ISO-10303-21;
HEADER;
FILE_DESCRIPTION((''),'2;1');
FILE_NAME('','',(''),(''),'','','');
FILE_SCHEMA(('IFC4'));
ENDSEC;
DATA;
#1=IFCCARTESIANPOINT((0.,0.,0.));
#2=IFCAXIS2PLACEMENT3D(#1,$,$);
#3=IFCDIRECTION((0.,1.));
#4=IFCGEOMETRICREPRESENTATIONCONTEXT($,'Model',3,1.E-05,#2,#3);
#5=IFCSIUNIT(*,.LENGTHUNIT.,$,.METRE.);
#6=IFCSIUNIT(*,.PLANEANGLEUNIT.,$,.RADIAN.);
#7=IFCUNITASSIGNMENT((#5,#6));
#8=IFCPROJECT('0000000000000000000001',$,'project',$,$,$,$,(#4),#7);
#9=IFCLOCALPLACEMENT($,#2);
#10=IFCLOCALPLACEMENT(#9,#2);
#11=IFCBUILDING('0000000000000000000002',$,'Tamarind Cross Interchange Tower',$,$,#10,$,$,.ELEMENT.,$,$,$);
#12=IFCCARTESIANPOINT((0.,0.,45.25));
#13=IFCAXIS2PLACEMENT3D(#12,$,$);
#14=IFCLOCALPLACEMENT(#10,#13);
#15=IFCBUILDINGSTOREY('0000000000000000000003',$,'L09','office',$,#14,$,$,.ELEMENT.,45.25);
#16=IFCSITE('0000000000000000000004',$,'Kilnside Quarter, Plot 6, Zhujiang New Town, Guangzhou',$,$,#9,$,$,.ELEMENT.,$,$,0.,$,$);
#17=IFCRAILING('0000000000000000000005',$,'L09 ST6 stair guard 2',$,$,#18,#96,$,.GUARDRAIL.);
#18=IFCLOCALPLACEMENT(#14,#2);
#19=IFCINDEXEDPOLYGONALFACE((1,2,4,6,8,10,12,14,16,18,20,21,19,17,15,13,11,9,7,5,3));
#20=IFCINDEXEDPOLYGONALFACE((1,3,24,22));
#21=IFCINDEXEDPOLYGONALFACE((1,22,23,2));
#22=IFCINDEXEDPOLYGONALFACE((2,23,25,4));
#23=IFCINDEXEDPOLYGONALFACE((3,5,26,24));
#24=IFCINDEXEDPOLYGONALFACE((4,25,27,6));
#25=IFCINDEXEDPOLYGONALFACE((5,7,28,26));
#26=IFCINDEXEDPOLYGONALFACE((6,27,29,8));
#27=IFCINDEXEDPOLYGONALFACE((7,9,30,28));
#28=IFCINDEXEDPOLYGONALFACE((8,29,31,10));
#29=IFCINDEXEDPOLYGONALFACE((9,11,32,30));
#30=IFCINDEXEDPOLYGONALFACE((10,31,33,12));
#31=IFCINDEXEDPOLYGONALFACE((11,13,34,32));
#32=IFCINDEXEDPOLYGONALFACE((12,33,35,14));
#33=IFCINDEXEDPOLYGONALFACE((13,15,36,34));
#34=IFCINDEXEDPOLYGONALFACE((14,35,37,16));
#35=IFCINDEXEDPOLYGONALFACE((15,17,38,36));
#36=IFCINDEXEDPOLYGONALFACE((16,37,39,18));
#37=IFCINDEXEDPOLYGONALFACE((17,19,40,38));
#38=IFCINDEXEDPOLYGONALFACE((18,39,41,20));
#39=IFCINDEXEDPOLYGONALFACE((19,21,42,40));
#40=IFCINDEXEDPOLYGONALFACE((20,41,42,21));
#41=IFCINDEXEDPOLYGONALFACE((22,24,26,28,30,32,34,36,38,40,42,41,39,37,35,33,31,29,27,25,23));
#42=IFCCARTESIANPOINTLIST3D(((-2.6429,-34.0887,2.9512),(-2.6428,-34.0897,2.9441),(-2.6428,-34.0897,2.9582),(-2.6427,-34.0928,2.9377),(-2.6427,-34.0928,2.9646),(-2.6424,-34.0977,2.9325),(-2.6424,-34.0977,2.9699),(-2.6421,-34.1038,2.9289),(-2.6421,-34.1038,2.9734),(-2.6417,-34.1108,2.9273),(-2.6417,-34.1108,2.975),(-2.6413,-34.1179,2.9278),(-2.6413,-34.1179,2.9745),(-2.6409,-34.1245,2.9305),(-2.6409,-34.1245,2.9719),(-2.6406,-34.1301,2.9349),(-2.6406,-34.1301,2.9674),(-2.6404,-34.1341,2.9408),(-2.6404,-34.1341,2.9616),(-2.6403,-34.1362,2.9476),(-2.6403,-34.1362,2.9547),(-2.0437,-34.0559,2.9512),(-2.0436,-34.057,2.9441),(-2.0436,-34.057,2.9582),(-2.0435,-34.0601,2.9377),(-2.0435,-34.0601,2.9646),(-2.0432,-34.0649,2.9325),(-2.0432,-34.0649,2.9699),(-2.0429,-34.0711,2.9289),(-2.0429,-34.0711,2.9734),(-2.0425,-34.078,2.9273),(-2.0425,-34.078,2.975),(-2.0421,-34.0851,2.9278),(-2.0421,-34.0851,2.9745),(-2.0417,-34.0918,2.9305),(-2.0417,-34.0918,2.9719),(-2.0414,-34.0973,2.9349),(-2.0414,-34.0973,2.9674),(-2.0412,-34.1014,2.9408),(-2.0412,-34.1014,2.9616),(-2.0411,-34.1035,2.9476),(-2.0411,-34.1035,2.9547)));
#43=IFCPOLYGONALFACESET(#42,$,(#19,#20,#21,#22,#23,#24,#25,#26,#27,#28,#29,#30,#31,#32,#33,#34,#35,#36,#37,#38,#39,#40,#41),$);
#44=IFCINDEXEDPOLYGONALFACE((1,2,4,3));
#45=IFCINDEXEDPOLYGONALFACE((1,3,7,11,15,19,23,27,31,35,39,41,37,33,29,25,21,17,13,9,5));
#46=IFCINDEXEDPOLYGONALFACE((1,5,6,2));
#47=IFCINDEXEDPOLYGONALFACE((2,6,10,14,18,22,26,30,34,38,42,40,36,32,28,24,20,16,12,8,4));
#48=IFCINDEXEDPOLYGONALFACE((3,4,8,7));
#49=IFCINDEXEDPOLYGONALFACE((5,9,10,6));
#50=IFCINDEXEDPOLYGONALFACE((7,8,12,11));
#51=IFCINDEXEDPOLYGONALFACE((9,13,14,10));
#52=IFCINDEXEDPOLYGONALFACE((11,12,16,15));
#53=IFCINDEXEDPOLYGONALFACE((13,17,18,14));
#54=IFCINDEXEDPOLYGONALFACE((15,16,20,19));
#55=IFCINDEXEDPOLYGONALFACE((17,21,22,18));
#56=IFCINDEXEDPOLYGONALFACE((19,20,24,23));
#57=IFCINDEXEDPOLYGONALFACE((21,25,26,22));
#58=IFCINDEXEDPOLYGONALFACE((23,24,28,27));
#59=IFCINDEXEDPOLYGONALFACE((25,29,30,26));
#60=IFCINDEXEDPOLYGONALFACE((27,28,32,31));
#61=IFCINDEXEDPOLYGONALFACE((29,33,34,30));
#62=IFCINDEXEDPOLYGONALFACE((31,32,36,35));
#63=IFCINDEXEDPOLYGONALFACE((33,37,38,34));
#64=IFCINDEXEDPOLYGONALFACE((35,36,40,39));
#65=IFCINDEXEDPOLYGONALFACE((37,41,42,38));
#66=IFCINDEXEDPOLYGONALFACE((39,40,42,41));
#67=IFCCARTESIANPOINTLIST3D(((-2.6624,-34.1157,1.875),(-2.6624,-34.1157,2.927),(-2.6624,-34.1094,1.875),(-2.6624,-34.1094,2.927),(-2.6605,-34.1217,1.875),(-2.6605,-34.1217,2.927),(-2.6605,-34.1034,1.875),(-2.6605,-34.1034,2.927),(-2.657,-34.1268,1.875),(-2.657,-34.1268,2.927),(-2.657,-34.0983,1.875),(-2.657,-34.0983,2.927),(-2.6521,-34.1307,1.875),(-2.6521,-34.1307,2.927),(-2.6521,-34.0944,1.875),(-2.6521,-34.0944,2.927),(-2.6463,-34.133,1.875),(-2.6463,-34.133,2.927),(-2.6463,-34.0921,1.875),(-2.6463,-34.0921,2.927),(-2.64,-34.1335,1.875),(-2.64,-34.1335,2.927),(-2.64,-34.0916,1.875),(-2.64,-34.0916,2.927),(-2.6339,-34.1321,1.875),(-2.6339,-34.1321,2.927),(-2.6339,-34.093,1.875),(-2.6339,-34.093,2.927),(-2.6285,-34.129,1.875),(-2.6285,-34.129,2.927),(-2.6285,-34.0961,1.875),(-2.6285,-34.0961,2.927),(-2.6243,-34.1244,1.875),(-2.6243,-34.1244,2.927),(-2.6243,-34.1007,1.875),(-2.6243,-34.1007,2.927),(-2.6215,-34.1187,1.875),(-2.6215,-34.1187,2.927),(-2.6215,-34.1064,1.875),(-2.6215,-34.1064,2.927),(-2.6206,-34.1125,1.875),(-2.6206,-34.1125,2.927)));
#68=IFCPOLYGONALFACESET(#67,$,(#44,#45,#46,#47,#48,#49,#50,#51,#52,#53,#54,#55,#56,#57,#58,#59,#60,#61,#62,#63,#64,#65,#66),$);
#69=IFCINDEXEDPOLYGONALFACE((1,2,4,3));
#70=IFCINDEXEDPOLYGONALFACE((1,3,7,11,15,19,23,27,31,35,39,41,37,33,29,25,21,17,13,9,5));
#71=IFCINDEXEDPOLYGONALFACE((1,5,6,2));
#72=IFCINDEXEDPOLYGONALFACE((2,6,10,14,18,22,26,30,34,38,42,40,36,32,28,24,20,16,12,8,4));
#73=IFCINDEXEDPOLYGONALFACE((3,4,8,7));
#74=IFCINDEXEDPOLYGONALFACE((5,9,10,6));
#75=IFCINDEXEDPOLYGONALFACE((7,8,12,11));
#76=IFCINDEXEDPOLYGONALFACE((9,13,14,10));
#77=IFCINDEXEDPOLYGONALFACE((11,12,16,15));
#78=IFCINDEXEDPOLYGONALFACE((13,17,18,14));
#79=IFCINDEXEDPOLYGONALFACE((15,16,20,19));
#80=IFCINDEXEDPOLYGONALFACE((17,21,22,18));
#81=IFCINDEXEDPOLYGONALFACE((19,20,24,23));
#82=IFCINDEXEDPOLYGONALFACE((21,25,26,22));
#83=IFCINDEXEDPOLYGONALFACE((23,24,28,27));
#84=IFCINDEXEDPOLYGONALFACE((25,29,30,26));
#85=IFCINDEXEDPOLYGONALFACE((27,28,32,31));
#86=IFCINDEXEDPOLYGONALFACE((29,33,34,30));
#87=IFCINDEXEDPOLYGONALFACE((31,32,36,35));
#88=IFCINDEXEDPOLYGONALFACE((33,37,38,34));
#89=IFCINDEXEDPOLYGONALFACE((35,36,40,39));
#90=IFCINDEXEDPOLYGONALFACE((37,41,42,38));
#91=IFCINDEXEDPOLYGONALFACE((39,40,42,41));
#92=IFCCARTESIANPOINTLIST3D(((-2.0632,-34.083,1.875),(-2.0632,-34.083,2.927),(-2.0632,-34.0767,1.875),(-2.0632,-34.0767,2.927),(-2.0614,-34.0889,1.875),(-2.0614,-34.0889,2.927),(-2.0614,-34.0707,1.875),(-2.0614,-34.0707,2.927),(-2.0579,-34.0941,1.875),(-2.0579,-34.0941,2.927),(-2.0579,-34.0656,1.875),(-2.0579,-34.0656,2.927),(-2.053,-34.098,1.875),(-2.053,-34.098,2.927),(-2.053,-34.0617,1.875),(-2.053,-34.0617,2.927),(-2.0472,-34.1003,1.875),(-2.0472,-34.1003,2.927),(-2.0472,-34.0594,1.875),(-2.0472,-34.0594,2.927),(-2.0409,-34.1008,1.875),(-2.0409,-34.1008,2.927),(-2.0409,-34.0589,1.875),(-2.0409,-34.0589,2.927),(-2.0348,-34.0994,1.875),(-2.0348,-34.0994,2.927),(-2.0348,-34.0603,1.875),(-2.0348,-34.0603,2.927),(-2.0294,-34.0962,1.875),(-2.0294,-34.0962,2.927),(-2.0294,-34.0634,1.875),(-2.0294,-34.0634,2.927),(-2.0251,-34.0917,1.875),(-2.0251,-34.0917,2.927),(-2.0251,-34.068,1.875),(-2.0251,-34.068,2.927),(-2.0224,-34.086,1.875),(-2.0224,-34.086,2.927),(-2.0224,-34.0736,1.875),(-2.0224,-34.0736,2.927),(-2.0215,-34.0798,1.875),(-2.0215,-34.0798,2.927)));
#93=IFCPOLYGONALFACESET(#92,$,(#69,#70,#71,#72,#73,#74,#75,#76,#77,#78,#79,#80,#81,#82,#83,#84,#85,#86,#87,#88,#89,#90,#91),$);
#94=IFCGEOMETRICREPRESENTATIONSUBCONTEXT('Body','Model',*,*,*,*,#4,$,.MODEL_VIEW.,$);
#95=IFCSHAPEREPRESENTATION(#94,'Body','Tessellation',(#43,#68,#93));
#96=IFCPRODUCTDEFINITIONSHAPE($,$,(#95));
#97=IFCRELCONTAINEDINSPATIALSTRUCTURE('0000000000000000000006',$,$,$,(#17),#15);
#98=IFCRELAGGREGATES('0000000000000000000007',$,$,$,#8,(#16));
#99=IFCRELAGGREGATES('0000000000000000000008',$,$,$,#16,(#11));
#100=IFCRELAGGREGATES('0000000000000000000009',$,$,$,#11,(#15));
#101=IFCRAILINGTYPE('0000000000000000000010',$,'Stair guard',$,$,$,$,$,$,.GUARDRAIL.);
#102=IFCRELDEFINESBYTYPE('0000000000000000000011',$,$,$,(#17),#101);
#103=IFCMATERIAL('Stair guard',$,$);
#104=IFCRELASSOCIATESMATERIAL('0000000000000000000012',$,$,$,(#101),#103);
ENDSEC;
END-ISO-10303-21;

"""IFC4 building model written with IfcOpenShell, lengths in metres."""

from ifc_helpers import new_model, si_unit, direction, frame, origin, origin_2d, place, context, subcontext, project, spatial, circle, extrude, material, type_object, element, save


model = new_model("IFC4")

# Units and contexts
model_context = context("Model", 3, precision=1e-05, world=origin(), true_north=direction((0.0, 1.0)))
body_context = subcontext(model_context, "Body", "Model", "MODEL_VIEW")
ifc_project = project(units=[si_unit("LENGTHUNIT", "METRE"), si_unit("PLANEANGLEUNIT", "RADIAN")], contexts=[model_context])

# Site, building, storey
site_placement = place(None, origin())
site = spatial("IfcSite", under=ifc_project, at=site_placement, Name="Kilnside Quarter, Plot 6, Zhujiang New Town, Guangzhou", CompositionType="ELEMENT", RefElevation=0.0)
building_placement = place(site_placement, origin())
building = spatial("IfcBuilding", under=site, at=building_placement, Name="Tamarind Cross Interchange Tower", CompositionType="ELEMENT")
storey_placement = place(building_placement, frame((0.0, 0.0, 45.25)))
storey = spatial("IfcBuildingStorey", under=building, at=storey_placement, Name="L09", Description="office", CompositionType="ELEMENT", Elevation=45.25)

# Railing
ifc_material_1 = material(Name="Stair guard")
railing_type_1 = type_object("IfcRailingType", Name="Stair guard", PredefinedType="GUARDRAIL", material=ifc_material_1)
railing_1_placement = place(storey_placement, frame((-2.6416, -34.1125, 1.875)))
element("IfcRailing", 1, at=railing_1_placement, inside=storey, type_object=railing_type_1, Name="L09 ST6 stair guard 2", PredefinedType="GUARDRAIL", context=body_context, shape_type="SweptSolid", body=[
    extrude(circle(Radius=0.0239, at=origin_2d()), frame((0.0, 0.0, 1.0762), z_axis=(0.998512, 0.054524, 0.0), x_axis=(-0.054524, 0.998512, 0.0)), (0.0, 0.0, 1.0), 0.6001),
    extrude(circle(Radius=0.021, at=origin_2d()), origin(), (0.0, 0.0, 1.0), 1.052),
    extrude(circle(Radius=0.021, at=origin_2d()), frame((0.5991, 0.0327, 0.0)), (0.0, 0.0, 1.0), 1.052),
])

save(model, "model.ifc")
